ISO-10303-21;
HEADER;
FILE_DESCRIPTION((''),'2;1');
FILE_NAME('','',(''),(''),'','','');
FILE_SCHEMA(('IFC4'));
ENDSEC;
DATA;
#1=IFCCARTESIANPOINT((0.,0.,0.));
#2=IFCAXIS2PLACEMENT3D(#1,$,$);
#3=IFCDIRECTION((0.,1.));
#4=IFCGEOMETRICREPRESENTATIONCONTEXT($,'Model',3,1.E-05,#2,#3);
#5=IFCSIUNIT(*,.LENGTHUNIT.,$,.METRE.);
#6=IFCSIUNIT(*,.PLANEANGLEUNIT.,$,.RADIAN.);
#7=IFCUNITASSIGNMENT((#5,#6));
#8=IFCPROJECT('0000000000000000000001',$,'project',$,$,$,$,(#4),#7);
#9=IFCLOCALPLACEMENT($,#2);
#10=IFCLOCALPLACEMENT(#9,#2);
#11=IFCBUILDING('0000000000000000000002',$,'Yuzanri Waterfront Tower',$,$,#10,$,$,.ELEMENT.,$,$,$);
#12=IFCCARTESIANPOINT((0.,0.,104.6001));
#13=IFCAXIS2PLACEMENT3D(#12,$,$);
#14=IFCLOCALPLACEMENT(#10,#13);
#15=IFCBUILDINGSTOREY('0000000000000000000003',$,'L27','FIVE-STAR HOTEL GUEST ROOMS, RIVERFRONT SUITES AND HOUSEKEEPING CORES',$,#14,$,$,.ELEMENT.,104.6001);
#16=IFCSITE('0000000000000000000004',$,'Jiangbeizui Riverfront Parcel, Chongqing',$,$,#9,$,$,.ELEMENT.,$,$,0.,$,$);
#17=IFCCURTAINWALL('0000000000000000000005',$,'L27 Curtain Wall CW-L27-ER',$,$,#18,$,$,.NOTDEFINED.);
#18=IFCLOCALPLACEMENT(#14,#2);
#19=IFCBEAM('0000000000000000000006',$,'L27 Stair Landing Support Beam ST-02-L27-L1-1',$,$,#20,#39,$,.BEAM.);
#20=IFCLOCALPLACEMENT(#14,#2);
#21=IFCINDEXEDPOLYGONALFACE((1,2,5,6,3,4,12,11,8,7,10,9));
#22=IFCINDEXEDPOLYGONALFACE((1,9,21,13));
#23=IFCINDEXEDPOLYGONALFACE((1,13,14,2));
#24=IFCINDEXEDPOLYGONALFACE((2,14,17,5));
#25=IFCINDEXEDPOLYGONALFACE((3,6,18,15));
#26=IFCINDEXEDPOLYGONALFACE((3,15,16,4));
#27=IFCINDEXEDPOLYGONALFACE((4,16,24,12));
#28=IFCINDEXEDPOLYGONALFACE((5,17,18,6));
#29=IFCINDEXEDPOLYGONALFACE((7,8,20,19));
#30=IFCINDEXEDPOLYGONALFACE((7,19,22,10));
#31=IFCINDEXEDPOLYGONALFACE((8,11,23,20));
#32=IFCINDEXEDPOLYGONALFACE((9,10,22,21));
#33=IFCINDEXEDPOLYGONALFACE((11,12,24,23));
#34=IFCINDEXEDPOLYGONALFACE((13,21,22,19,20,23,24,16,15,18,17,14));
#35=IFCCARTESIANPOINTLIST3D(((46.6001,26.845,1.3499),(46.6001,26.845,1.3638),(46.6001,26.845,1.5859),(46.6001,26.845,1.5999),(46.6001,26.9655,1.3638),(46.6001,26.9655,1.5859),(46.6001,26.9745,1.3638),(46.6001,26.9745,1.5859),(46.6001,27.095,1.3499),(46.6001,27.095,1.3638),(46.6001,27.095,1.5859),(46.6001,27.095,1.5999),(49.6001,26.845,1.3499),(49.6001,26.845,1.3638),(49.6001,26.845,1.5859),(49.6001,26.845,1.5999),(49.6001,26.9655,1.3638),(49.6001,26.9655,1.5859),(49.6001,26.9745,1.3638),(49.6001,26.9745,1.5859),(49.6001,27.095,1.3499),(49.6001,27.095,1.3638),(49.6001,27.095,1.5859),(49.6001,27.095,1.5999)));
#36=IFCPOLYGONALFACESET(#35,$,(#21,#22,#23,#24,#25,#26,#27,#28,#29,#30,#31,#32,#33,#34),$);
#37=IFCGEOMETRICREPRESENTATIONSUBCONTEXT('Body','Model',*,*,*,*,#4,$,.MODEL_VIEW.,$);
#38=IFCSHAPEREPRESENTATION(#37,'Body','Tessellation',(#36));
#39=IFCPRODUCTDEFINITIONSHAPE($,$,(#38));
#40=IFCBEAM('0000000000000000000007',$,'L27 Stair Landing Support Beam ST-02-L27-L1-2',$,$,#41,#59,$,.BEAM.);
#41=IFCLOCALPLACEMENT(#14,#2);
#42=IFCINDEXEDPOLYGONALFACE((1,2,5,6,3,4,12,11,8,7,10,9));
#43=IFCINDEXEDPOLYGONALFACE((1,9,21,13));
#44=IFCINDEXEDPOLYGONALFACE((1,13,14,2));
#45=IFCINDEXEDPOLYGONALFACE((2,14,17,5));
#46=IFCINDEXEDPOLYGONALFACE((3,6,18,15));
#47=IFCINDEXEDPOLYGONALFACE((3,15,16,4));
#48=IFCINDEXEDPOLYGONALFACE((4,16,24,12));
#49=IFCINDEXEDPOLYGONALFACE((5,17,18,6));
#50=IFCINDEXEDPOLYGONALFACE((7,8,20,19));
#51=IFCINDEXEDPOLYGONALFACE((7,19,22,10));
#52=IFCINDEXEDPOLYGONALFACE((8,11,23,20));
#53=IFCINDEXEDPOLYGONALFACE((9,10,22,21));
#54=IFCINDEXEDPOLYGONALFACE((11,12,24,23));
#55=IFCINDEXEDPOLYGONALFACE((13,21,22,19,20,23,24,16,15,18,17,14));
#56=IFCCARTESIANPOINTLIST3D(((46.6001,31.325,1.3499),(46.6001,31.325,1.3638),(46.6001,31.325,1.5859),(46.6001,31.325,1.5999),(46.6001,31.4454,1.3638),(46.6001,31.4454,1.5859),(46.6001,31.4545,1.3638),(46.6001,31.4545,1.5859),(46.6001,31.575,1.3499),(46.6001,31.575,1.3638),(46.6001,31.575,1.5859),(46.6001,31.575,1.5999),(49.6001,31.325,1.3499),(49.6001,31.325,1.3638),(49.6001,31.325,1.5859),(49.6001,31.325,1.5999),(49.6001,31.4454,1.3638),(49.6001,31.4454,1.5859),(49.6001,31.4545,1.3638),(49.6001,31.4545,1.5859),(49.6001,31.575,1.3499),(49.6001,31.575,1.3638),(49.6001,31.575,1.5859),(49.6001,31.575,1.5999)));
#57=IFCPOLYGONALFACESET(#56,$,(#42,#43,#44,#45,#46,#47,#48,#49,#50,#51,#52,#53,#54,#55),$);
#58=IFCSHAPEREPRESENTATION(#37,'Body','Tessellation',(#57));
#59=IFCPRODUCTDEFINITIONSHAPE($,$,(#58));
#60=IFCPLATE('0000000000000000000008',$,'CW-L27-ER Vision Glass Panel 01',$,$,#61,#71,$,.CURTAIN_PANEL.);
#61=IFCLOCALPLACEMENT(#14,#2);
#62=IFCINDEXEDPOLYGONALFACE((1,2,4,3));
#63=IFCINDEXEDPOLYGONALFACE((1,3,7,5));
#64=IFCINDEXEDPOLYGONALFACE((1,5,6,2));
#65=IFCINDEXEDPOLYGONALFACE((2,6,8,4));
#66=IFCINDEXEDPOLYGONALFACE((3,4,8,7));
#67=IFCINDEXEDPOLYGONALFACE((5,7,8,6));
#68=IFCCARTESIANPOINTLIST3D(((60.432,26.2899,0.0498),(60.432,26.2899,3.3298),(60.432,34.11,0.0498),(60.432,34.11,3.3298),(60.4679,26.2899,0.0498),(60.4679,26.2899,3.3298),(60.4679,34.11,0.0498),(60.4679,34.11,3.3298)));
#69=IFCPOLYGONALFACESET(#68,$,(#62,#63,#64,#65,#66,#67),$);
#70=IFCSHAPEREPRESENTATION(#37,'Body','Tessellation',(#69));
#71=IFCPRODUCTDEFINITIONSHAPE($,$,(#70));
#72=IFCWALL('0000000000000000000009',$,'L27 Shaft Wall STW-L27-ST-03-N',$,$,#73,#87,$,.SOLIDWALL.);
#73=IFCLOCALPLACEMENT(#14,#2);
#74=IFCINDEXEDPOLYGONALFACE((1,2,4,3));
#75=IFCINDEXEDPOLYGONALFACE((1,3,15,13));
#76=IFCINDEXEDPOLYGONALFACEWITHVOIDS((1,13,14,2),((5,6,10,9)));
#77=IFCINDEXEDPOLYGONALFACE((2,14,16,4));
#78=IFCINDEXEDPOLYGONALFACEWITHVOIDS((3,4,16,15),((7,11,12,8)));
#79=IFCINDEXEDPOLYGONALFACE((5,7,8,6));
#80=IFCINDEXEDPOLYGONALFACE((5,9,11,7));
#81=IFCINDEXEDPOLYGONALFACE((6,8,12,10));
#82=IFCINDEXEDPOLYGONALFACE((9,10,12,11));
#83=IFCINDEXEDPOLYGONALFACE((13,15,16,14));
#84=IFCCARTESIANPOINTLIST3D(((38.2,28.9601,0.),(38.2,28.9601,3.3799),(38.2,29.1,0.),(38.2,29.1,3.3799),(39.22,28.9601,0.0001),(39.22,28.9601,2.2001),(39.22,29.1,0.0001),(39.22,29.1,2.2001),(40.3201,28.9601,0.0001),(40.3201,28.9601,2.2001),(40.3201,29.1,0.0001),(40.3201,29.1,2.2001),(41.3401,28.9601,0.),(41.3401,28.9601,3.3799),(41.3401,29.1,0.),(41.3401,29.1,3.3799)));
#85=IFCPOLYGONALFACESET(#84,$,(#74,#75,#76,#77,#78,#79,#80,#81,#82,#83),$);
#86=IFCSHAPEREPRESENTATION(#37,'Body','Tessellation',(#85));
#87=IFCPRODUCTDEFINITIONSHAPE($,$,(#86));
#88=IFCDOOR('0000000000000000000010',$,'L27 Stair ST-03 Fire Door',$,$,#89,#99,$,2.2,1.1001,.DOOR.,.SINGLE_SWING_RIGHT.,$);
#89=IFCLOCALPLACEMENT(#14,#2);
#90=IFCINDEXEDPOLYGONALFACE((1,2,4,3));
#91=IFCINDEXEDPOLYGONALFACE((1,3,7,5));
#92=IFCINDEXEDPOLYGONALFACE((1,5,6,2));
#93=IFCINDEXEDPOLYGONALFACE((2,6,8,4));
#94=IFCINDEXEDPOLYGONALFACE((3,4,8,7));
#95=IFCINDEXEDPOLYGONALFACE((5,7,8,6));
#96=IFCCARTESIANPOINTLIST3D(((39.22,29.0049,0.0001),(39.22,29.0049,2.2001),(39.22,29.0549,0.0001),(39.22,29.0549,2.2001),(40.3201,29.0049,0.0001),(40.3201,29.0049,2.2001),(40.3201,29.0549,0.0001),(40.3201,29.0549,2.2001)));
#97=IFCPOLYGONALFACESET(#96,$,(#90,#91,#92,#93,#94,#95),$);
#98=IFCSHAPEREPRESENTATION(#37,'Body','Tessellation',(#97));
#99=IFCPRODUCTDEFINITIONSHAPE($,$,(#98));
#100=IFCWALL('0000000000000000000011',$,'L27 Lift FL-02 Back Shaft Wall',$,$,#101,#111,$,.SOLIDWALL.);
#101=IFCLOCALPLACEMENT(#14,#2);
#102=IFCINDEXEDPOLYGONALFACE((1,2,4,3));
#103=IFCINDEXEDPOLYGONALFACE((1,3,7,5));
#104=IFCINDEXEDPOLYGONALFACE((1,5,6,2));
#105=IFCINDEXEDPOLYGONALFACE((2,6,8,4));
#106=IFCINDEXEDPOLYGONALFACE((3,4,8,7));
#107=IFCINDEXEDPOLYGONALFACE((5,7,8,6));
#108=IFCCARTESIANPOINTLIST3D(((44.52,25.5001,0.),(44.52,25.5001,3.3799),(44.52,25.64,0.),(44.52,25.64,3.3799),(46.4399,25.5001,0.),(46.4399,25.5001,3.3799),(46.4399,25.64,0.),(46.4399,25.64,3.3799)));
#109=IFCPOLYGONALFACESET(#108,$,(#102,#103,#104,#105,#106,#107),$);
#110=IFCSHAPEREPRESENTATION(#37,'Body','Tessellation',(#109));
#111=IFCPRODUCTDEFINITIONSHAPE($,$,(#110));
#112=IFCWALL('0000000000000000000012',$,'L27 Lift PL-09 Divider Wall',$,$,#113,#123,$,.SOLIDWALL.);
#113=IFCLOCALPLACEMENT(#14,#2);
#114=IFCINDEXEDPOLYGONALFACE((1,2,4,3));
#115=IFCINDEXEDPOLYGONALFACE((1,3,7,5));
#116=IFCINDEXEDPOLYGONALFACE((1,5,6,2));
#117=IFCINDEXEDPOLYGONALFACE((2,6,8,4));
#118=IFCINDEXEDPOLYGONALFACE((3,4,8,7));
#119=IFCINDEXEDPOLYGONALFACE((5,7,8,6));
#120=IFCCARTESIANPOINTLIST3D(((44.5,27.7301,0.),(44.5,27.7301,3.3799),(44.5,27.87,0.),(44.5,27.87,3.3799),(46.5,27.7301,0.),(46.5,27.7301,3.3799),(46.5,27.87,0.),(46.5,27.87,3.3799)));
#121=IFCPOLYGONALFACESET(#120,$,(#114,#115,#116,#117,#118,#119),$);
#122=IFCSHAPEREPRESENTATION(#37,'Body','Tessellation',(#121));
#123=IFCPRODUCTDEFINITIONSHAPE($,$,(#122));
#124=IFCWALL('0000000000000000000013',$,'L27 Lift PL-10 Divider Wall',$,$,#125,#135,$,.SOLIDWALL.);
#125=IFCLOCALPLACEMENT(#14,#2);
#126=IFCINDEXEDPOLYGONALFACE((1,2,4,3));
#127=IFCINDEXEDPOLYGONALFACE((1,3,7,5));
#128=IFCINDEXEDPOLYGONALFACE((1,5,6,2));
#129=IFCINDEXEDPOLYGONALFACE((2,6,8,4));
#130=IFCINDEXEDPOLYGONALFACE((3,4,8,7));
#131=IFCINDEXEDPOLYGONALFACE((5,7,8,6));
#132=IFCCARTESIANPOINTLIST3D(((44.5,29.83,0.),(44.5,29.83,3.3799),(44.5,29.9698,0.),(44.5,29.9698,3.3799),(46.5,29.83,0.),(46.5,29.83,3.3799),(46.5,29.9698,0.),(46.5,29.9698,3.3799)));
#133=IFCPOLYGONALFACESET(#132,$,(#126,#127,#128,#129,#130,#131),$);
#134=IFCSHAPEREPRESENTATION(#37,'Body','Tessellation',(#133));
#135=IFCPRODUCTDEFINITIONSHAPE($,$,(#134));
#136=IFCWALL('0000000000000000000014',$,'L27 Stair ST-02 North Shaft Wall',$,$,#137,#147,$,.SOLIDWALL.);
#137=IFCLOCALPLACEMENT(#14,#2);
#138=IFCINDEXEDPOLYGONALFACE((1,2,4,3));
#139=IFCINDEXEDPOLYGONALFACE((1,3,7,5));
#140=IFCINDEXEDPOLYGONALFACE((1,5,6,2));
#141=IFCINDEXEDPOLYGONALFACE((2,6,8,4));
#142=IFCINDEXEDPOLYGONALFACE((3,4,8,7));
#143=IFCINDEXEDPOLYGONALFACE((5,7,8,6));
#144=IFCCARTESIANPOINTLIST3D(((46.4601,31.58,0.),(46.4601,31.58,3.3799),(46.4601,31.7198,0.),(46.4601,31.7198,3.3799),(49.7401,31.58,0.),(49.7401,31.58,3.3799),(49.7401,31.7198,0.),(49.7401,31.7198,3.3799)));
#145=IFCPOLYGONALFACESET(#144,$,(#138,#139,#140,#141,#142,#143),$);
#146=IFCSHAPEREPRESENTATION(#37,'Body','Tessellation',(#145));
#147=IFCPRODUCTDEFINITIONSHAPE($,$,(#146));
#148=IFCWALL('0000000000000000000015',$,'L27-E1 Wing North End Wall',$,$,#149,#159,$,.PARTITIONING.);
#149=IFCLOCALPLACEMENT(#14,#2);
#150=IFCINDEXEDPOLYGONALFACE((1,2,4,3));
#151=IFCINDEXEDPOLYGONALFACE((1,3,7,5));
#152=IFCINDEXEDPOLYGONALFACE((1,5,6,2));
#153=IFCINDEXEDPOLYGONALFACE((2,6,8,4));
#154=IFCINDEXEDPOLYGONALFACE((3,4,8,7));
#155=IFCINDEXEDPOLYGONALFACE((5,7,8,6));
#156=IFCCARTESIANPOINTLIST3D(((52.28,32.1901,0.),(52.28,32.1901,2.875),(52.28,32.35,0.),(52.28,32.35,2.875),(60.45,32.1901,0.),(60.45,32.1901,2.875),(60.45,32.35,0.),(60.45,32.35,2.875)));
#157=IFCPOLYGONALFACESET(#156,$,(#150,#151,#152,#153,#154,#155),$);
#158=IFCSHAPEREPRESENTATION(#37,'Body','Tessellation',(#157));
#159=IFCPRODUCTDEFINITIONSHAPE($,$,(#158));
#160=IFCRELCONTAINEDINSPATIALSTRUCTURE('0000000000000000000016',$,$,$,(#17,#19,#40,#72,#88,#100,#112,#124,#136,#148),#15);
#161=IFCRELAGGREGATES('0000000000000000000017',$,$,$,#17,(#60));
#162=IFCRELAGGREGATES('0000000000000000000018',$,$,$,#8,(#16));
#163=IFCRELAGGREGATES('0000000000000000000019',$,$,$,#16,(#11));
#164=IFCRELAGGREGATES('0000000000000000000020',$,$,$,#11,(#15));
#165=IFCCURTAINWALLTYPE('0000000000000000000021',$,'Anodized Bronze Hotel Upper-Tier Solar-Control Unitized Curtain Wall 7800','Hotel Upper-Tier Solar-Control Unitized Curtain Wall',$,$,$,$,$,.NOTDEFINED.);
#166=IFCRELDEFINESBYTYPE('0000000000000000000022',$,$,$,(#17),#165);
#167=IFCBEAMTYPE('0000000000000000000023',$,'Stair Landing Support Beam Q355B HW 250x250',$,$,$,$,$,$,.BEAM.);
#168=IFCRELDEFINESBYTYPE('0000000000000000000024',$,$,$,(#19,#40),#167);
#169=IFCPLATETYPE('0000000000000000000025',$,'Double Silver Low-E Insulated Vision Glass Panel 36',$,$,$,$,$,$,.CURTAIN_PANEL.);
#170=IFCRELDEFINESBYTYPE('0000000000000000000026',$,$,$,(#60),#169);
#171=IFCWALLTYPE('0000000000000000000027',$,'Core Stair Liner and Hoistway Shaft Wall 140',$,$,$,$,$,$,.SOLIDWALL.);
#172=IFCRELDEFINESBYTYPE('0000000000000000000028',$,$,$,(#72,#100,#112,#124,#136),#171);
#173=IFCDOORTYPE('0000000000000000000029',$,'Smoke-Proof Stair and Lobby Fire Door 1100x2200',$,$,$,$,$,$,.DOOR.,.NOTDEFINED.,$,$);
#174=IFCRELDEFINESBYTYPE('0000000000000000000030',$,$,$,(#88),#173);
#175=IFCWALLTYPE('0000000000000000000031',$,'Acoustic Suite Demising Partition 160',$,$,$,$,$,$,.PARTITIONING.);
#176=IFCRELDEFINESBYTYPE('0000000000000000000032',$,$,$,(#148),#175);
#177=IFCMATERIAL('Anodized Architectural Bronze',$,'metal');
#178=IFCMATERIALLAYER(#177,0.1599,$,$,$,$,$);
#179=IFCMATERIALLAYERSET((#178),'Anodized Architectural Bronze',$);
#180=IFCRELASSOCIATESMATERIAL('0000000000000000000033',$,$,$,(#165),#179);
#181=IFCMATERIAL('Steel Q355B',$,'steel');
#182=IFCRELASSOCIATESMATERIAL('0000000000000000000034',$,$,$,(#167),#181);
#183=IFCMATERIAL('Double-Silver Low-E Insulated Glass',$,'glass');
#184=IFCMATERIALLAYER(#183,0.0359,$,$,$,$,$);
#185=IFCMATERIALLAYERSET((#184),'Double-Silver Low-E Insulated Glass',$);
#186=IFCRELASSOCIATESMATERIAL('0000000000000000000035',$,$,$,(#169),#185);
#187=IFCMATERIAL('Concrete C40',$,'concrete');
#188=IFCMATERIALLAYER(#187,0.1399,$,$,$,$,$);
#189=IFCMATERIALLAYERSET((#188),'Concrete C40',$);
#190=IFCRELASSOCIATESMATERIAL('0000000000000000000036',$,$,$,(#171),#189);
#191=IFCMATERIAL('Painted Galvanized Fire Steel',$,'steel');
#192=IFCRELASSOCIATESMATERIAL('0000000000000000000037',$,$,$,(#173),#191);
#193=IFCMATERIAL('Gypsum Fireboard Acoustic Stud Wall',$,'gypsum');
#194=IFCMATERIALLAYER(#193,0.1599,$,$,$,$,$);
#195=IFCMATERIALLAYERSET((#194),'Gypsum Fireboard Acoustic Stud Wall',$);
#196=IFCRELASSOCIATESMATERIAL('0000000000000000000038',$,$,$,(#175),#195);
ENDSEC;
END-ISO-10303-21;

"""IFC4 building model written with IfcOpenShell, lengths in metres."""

from ifc_helpers import new_model, si_unit, direction, frame, frame_2d, origin, origin_2d, place, context, subcontext, project, spatial, rectangle, i_section, extrude, source, transform, mapped, material, layer, layer_set, material_profile, profile_set, type_object, element, fill, aggregate, save


model = new_model("IFC4")

# Units and contexts
model_context = context("Model", 3, precision=1e-05, world=origin(), true_north=direction((0.0, 1.0)))
body_context = subcontext(model_context, "Body", "Model", "MODEL_VIEW")
ifc_project = project(units=[si_unit("LENGTHUNIT", "METRE"), si_unit("PLANEANGLEUNIT", "RADIAN")], contexts=[model_context])

# Site, building, storey
site_placement = place(None, origin())
site = spatial("IfcSite", under=ifc_project, at=site_placement, Name="Jiangbeizui Riverfront Parcel, Chongqing", CompositionType="ELEMENT", RefElevation=0.0)
building_placement = place(site_placement, origin())
building = spatial("IfcBuilding", under=site, at=building_placement, Name="Yuzanri Waterfront Tower", CompositionType="ELEMENT")
storey_placement = place(building_placement, frame((0.0, 0.0, 104.6001)))
storey = spatial("IfcBuildingStorey", under=building, at=storey_placement, Name="L27", Description="FIVE-STAR HOTEL GUEST ROOMS, RIVERFRONT SUITES AND HOUSEKEEPING CORES", CompositionType="ELEMENT", Elevation=104.6001)

# Curtain wall
ifc_material_1 = material(Name="Anodized Architectural Bronze", Category="metal")
ifc_layer_1 = layer(ifc_material_1, 0.1599)
ifc_layer_set_1 = layer_set([ifc_layer_1], Name="Anodized Architectural Bronze")
curtain_wall_type = type_object("IfcCurtainWallType", Name="Anodized Bronze Hotel Upper-Tier Solar-Control Unitized Curtain Wall 7800", Description="Hotel Upper-Tier Solar-Control Unitized Curtain Wall", PredefinedType="NOTDEFINED", material=ifc_layer_set_1)
curtain_wall_1_placement = place(storey_placement, origin())
curtain_wall_1 = element("IfcCurtainWall", 1, at=curtain_wall_1_placement, inside=storey, type_object=curtain_wall_type, Name="L27 Curtain Wall CW-L27-ER", PredefinedType="NOTDEFINED")

# Beams
ifc_material_2 = material(Name="Steel Q355B", Category="steel")
ifc_material_profile_1 = material_profile(ifc_material_2, i_section(OverallWidth=0.25, OverallDepth=0.25, WebThickness=0.009, FlangeThickness=0.0139, at=origin_2d()), Name="HW 250x250x9x14")
ifc_profile_set_1 = profile_set([ifc_material_profile_1], Name="Steel Q355B")
beam_type_1 = type_object("IfcBeamType", Name="Stair Landing Support Beam Q355B HW 250x250", PredefinedType="BEAM", material=ifc_profile_set_1)
shared_shape_1 = source(origin(), body_context, "Body", "SweptSolid", [
    extrude(i_section(OverallWidth=0.25, OverallDepth=0.25, WebThickness=0.009, FlangeThickness=0.0139, at=origin_2d()), origin(), (0.0, 0.0, 1.0), 3.0),
])
for number, where, z_axis, x_axis, name in (
    (2, (46.6001, 26.97, 1.4749), (1.0, 0.0, 0.0), (0.0, 1.0, 0.0), "L27 Stair Landing Support Beam ST-02-L27-L1-1"),
    (3, (46.6001, 31.45, 1.4749), (1.0, 0.0, 0.0), (0.0, 1.0, 0.0), "L27 Stair Landing Support Beam ST-02-L27-L1-2"),
):
    element("IfcBeam", number, at=place(storey_placement, frame(where, z_axis=z_axis, x_axis=x_axis)), inside=storey, type_object=beam_type_1, Name=name, PredefinedType="BEAM", context=body_context, shape_type="MappedRepresentation", body=[
        mapped(shared_shape_1, transform((0.0, 0.0, 0.0), scale=1.0)),
    ])

# Plate
ifc_material_3 = material(Name="Double-Silver Low-E Insulated Glass", Category="glass")
ifc_layer_2 = layer(ifc_material_3, 0.0359)
ifc_layer_set_2 = layer_set([ifc_layer_2], Name="Double-Silver Low-E Insulated Glass")
plate_type = type_object("IfcPlateType", Name="Double Silver Low-E Insulated Vision Glass Panel 36", PredefinedType="CURTAIN_PANEL", material=ifc_layer_set_2)
shared_shape_2 = source(origin(), body_context, "Body", "SweptSolid", [
    extrude(rectangle(XDim=7.8201, YDim=0.0359, at=origin_2d()), origin(), (0.0, 0.0, 1.0), 3.28),
])
plate_placement = place(storey_placement, frame((60.45, 30.2, 0.0498), z_axis=(0.0, 0.0, 1.0), x_axis=(0.0, 1.0, 0.0)))
plate = element("IfcPlate", 4, at=plate_placement, type_object=plate_type, Name="CW-L27-ER Vision Glass Panel 01", PredefinedType="CURTAIN_PANEL", context=body_context, shape_type="MappedRepresentation", body=[
    mapped(shared_shape_2, transform((0.0, 0.0, 0.0), scale=1.0)),
])
aggregate(curtain_wall_1, [plate])

# Wall, opening, door
ifc_material_4 = material(Name="Concrete C40", Category="concrete")
ifc_layer_3 = layer(ifc_material_4, 0.1399)
ifc_layer_set_3 = layer_set([ifc_layer_3], Name="Concrete C40")
wall_type_1 = type_object("IfcWallType", Name="Core Stair Liner and Hoistway Shaft Wall 140", PredefinedType="SOLIDWALL", material=ifc_layer_set_3)
wall_1_placement = place(storey_placement, frame((38.2, 29.03, 0.0), z_axis=(0.0, 0.0, 1.0), x_axis=(1.0, 0.0, 0.0)))
wall_1 = element("IfcWall", 5, at=wall_1_placement, inside=storey, type_object=wall_type_1, Name="L27 Shaft Wall STW-L27-ST-03-N", PredefinedType="SOLIDWALL", context=body_context, shape_type="SweptSolid", body=[
    extrude(rectangle(XDim=3.1401, YDim=0.1399, at=frame_2d((1.5701, 0.0))), origin(), (0.0, 0.0, 1.0), 3.3799),
])
opening_placement = place(wall_1_placement, frame((1.02, 0.0, 0.0)))
opening = element("IfcOpeningElement", 6, at=opening_placement, cuts=wall_1, PredefinedType="OPENING", context=body_context, shape_type="SweptSolid", body=[
    extrude(rectangle(XDim=1.1001, YDim=2.2, at=frame_2d((0.55, 1.1001))), frame((0.0, 0.085, 0.0), z_axis=(0.0, -1.0, 0.0), x_axis=(1.0, 0.0, 0.0)), (0.0, 0.0, 1.0), 0.1697),
])
ifc_material_5 = material(Name="Painted Galvanized Fire Steel", Category="steel")
door_type = type_object("IfcDoorType", Name="Smoke-Proof Stair and Lobby Fire Door 1100x2200", OperationType="NOTDEFINED", PredefinedType="DOOR", material=ifc_material_5)
shared_shape_3 = source(origin(), body_context, "Body", "SweptSolid", [
    extrude(rectangle(XDim=1.1001, YDim=2.2, at=frame_2d((0.55, 1.1001))), frame((0.0, 0.0249, 0.0), z_axis=(0.0, -1.0, 0.0), x_axis=(1.0, 0.0, 0.0)), (0.0, 0.0, 1.0), 0.05),
])
door_placement = place(opening_placement, origin())
door = element("IfcDoor", 7, at=door_placement, inside=storey, type_object=door_type, Name="L27 Stair ST-03 Fire Door", OperationType="SINGLE_SWING_RIGHT", OverallHeight=2.2, OverallWidth=1.1001, PredefinedType="DOOR", context=body_context, shape_type="MappedRepresentation", body=[
    mapped(shared_shape_3, transform((0.0, 0.0, 0.0), scale=1.0)),
])
fill(opening, door)

# Walls
shared_shape_4 = source(origin(), body_context, "Body", "SweptSolid", [
    extrude(rectangle(XDim=1.9199, YDim=0.1399, at=frame_2d((0.96, 0.0))), origin(), (0.0, 0.0, 1.0), 3.3799),
])
wall_2_placement = place(storey_placement, frame((44.52, 25.5701, 0.0), z_axis=(0.0, 0.0, 1.0), x_axis=(1.0, 0.0, 0.0)))
element("IfcWall", 8, at=wall_2_placement, inside=storey, type_object=wall_type_1, Name="L27 Lift FL-02 Back Shaft Wall", PredefinedType="SOLIDWALL", context=body_context, shape_type="MappedRepresentation", body=[
    mapped(shared_shape_4, transform((0.0, 0.0, 0.0), scale=1.0)),
])
shared_shape_5 = source(origin(), body_context, "Body", "SweptSolid", [
    extrude(rectangle(XDim=2.0, YDim=0.1399, at=frame_2d((1.0, 0.0))), origin(), (0.0, 0.0, 1.0), 3.3799),
])
for number, where, z_axis, x_axis, name in (
    (9, (44.5, 27.8, 0.0), (0.0, 0.0, 1.0), (1.0, 0.0, 0.0), "L27 Lift PL-09 Divider Wall"),
    (10, (44.5, 29.8999, 0.0), (0.0, 0.0, 1.0), (1.0, 0.0, 0.0), "L27 Lift PL-10 Divider Wall"),
):
    element("IfcWall", number, at=place(storey_placement, frame(where, z_axis=z_axis, x_axis=x_axis)), inside=storey, type_object=wall_type_1, Name=name, PredefinedType="SOLIDWALL", context=body_context, shape_type="MappedRepresentation", body=[
        mapped(shared_shape_5, transform((0.0, 0.0, 0.0), scale=1.0)),
    ])
shared_shape_6 = source(origin(), body_context, "Body", "SweptSolid", [
    extrude(rectangle(XDim=3.28, YDim=0.1399, at=frame_2d((1.6401, 0.0))), origin(), (0.0, 0.0, 1.0), 3.3799),
])
wall_3_placement = place(storey_placement, frame((46.46, 31.6499, 0.0), z_axis=(0.0, 0.0, 1.0), x_axis=(1.0, 0.0, 0.0)))
element("IfcWall", 11, at=wall_3_placement, inside=storey, type_object=wall_type_1, Name="L27 Stair ST-02 North Shaft Wall", PredefinedType="SOLIDWALL", context=body_context, shape_type="MappedRepresentation", body=[
    mapped(shared_shape_6, transform((0.0, 0.0, 0.0), scale=1.0)),
])
ifc_material_6 = material(Name="Gypsum Fireboard Acoustic Stud Wall", Category="gypsum")
ifc_layer_4 = layer(ifc_material_6, 0.1599)
ifc_layer_set_4 = layer_set([ifc_layer_4], Name="Gypsum Fireboard Acoustic Stud Wall")
wall_type_2 = type_object("IfcWallType", Name="Acoustic Suite Demising Partition 160", PredefinedType="PARTITIONING", material=ifc_layer_set_4)
shared_shape_7 = source(origin(), body_context, "Body", "SweptSolid", [
    extrude(rectangle(XDim=8.1699, YDim=0.1599, at=frame_2d((4.085, 0.0))), origin(), (0.0, 0.0, 1.0), 2.875),
])
wall_4_placement = place(storey_placement, frame((52.28, 32.27, 0.0), z_axis=(0.0, 0.0, 1.0), x_axis=(1.0, 0.0, 0.0)))
element("IfcWall", 12, at=wall_4_placement, inside=storey, type_object=wall_type_2, Name="L27-E1 Wing North End Wall", PredefinedType="PARTITIONING", context=body_context, shape_type="MappedRepresentation", body=[
    mapped(shared_shape_7, transform((0.0, 0.0, 0.0), scale=1.0)),
])

save(model, "model.ifc")
